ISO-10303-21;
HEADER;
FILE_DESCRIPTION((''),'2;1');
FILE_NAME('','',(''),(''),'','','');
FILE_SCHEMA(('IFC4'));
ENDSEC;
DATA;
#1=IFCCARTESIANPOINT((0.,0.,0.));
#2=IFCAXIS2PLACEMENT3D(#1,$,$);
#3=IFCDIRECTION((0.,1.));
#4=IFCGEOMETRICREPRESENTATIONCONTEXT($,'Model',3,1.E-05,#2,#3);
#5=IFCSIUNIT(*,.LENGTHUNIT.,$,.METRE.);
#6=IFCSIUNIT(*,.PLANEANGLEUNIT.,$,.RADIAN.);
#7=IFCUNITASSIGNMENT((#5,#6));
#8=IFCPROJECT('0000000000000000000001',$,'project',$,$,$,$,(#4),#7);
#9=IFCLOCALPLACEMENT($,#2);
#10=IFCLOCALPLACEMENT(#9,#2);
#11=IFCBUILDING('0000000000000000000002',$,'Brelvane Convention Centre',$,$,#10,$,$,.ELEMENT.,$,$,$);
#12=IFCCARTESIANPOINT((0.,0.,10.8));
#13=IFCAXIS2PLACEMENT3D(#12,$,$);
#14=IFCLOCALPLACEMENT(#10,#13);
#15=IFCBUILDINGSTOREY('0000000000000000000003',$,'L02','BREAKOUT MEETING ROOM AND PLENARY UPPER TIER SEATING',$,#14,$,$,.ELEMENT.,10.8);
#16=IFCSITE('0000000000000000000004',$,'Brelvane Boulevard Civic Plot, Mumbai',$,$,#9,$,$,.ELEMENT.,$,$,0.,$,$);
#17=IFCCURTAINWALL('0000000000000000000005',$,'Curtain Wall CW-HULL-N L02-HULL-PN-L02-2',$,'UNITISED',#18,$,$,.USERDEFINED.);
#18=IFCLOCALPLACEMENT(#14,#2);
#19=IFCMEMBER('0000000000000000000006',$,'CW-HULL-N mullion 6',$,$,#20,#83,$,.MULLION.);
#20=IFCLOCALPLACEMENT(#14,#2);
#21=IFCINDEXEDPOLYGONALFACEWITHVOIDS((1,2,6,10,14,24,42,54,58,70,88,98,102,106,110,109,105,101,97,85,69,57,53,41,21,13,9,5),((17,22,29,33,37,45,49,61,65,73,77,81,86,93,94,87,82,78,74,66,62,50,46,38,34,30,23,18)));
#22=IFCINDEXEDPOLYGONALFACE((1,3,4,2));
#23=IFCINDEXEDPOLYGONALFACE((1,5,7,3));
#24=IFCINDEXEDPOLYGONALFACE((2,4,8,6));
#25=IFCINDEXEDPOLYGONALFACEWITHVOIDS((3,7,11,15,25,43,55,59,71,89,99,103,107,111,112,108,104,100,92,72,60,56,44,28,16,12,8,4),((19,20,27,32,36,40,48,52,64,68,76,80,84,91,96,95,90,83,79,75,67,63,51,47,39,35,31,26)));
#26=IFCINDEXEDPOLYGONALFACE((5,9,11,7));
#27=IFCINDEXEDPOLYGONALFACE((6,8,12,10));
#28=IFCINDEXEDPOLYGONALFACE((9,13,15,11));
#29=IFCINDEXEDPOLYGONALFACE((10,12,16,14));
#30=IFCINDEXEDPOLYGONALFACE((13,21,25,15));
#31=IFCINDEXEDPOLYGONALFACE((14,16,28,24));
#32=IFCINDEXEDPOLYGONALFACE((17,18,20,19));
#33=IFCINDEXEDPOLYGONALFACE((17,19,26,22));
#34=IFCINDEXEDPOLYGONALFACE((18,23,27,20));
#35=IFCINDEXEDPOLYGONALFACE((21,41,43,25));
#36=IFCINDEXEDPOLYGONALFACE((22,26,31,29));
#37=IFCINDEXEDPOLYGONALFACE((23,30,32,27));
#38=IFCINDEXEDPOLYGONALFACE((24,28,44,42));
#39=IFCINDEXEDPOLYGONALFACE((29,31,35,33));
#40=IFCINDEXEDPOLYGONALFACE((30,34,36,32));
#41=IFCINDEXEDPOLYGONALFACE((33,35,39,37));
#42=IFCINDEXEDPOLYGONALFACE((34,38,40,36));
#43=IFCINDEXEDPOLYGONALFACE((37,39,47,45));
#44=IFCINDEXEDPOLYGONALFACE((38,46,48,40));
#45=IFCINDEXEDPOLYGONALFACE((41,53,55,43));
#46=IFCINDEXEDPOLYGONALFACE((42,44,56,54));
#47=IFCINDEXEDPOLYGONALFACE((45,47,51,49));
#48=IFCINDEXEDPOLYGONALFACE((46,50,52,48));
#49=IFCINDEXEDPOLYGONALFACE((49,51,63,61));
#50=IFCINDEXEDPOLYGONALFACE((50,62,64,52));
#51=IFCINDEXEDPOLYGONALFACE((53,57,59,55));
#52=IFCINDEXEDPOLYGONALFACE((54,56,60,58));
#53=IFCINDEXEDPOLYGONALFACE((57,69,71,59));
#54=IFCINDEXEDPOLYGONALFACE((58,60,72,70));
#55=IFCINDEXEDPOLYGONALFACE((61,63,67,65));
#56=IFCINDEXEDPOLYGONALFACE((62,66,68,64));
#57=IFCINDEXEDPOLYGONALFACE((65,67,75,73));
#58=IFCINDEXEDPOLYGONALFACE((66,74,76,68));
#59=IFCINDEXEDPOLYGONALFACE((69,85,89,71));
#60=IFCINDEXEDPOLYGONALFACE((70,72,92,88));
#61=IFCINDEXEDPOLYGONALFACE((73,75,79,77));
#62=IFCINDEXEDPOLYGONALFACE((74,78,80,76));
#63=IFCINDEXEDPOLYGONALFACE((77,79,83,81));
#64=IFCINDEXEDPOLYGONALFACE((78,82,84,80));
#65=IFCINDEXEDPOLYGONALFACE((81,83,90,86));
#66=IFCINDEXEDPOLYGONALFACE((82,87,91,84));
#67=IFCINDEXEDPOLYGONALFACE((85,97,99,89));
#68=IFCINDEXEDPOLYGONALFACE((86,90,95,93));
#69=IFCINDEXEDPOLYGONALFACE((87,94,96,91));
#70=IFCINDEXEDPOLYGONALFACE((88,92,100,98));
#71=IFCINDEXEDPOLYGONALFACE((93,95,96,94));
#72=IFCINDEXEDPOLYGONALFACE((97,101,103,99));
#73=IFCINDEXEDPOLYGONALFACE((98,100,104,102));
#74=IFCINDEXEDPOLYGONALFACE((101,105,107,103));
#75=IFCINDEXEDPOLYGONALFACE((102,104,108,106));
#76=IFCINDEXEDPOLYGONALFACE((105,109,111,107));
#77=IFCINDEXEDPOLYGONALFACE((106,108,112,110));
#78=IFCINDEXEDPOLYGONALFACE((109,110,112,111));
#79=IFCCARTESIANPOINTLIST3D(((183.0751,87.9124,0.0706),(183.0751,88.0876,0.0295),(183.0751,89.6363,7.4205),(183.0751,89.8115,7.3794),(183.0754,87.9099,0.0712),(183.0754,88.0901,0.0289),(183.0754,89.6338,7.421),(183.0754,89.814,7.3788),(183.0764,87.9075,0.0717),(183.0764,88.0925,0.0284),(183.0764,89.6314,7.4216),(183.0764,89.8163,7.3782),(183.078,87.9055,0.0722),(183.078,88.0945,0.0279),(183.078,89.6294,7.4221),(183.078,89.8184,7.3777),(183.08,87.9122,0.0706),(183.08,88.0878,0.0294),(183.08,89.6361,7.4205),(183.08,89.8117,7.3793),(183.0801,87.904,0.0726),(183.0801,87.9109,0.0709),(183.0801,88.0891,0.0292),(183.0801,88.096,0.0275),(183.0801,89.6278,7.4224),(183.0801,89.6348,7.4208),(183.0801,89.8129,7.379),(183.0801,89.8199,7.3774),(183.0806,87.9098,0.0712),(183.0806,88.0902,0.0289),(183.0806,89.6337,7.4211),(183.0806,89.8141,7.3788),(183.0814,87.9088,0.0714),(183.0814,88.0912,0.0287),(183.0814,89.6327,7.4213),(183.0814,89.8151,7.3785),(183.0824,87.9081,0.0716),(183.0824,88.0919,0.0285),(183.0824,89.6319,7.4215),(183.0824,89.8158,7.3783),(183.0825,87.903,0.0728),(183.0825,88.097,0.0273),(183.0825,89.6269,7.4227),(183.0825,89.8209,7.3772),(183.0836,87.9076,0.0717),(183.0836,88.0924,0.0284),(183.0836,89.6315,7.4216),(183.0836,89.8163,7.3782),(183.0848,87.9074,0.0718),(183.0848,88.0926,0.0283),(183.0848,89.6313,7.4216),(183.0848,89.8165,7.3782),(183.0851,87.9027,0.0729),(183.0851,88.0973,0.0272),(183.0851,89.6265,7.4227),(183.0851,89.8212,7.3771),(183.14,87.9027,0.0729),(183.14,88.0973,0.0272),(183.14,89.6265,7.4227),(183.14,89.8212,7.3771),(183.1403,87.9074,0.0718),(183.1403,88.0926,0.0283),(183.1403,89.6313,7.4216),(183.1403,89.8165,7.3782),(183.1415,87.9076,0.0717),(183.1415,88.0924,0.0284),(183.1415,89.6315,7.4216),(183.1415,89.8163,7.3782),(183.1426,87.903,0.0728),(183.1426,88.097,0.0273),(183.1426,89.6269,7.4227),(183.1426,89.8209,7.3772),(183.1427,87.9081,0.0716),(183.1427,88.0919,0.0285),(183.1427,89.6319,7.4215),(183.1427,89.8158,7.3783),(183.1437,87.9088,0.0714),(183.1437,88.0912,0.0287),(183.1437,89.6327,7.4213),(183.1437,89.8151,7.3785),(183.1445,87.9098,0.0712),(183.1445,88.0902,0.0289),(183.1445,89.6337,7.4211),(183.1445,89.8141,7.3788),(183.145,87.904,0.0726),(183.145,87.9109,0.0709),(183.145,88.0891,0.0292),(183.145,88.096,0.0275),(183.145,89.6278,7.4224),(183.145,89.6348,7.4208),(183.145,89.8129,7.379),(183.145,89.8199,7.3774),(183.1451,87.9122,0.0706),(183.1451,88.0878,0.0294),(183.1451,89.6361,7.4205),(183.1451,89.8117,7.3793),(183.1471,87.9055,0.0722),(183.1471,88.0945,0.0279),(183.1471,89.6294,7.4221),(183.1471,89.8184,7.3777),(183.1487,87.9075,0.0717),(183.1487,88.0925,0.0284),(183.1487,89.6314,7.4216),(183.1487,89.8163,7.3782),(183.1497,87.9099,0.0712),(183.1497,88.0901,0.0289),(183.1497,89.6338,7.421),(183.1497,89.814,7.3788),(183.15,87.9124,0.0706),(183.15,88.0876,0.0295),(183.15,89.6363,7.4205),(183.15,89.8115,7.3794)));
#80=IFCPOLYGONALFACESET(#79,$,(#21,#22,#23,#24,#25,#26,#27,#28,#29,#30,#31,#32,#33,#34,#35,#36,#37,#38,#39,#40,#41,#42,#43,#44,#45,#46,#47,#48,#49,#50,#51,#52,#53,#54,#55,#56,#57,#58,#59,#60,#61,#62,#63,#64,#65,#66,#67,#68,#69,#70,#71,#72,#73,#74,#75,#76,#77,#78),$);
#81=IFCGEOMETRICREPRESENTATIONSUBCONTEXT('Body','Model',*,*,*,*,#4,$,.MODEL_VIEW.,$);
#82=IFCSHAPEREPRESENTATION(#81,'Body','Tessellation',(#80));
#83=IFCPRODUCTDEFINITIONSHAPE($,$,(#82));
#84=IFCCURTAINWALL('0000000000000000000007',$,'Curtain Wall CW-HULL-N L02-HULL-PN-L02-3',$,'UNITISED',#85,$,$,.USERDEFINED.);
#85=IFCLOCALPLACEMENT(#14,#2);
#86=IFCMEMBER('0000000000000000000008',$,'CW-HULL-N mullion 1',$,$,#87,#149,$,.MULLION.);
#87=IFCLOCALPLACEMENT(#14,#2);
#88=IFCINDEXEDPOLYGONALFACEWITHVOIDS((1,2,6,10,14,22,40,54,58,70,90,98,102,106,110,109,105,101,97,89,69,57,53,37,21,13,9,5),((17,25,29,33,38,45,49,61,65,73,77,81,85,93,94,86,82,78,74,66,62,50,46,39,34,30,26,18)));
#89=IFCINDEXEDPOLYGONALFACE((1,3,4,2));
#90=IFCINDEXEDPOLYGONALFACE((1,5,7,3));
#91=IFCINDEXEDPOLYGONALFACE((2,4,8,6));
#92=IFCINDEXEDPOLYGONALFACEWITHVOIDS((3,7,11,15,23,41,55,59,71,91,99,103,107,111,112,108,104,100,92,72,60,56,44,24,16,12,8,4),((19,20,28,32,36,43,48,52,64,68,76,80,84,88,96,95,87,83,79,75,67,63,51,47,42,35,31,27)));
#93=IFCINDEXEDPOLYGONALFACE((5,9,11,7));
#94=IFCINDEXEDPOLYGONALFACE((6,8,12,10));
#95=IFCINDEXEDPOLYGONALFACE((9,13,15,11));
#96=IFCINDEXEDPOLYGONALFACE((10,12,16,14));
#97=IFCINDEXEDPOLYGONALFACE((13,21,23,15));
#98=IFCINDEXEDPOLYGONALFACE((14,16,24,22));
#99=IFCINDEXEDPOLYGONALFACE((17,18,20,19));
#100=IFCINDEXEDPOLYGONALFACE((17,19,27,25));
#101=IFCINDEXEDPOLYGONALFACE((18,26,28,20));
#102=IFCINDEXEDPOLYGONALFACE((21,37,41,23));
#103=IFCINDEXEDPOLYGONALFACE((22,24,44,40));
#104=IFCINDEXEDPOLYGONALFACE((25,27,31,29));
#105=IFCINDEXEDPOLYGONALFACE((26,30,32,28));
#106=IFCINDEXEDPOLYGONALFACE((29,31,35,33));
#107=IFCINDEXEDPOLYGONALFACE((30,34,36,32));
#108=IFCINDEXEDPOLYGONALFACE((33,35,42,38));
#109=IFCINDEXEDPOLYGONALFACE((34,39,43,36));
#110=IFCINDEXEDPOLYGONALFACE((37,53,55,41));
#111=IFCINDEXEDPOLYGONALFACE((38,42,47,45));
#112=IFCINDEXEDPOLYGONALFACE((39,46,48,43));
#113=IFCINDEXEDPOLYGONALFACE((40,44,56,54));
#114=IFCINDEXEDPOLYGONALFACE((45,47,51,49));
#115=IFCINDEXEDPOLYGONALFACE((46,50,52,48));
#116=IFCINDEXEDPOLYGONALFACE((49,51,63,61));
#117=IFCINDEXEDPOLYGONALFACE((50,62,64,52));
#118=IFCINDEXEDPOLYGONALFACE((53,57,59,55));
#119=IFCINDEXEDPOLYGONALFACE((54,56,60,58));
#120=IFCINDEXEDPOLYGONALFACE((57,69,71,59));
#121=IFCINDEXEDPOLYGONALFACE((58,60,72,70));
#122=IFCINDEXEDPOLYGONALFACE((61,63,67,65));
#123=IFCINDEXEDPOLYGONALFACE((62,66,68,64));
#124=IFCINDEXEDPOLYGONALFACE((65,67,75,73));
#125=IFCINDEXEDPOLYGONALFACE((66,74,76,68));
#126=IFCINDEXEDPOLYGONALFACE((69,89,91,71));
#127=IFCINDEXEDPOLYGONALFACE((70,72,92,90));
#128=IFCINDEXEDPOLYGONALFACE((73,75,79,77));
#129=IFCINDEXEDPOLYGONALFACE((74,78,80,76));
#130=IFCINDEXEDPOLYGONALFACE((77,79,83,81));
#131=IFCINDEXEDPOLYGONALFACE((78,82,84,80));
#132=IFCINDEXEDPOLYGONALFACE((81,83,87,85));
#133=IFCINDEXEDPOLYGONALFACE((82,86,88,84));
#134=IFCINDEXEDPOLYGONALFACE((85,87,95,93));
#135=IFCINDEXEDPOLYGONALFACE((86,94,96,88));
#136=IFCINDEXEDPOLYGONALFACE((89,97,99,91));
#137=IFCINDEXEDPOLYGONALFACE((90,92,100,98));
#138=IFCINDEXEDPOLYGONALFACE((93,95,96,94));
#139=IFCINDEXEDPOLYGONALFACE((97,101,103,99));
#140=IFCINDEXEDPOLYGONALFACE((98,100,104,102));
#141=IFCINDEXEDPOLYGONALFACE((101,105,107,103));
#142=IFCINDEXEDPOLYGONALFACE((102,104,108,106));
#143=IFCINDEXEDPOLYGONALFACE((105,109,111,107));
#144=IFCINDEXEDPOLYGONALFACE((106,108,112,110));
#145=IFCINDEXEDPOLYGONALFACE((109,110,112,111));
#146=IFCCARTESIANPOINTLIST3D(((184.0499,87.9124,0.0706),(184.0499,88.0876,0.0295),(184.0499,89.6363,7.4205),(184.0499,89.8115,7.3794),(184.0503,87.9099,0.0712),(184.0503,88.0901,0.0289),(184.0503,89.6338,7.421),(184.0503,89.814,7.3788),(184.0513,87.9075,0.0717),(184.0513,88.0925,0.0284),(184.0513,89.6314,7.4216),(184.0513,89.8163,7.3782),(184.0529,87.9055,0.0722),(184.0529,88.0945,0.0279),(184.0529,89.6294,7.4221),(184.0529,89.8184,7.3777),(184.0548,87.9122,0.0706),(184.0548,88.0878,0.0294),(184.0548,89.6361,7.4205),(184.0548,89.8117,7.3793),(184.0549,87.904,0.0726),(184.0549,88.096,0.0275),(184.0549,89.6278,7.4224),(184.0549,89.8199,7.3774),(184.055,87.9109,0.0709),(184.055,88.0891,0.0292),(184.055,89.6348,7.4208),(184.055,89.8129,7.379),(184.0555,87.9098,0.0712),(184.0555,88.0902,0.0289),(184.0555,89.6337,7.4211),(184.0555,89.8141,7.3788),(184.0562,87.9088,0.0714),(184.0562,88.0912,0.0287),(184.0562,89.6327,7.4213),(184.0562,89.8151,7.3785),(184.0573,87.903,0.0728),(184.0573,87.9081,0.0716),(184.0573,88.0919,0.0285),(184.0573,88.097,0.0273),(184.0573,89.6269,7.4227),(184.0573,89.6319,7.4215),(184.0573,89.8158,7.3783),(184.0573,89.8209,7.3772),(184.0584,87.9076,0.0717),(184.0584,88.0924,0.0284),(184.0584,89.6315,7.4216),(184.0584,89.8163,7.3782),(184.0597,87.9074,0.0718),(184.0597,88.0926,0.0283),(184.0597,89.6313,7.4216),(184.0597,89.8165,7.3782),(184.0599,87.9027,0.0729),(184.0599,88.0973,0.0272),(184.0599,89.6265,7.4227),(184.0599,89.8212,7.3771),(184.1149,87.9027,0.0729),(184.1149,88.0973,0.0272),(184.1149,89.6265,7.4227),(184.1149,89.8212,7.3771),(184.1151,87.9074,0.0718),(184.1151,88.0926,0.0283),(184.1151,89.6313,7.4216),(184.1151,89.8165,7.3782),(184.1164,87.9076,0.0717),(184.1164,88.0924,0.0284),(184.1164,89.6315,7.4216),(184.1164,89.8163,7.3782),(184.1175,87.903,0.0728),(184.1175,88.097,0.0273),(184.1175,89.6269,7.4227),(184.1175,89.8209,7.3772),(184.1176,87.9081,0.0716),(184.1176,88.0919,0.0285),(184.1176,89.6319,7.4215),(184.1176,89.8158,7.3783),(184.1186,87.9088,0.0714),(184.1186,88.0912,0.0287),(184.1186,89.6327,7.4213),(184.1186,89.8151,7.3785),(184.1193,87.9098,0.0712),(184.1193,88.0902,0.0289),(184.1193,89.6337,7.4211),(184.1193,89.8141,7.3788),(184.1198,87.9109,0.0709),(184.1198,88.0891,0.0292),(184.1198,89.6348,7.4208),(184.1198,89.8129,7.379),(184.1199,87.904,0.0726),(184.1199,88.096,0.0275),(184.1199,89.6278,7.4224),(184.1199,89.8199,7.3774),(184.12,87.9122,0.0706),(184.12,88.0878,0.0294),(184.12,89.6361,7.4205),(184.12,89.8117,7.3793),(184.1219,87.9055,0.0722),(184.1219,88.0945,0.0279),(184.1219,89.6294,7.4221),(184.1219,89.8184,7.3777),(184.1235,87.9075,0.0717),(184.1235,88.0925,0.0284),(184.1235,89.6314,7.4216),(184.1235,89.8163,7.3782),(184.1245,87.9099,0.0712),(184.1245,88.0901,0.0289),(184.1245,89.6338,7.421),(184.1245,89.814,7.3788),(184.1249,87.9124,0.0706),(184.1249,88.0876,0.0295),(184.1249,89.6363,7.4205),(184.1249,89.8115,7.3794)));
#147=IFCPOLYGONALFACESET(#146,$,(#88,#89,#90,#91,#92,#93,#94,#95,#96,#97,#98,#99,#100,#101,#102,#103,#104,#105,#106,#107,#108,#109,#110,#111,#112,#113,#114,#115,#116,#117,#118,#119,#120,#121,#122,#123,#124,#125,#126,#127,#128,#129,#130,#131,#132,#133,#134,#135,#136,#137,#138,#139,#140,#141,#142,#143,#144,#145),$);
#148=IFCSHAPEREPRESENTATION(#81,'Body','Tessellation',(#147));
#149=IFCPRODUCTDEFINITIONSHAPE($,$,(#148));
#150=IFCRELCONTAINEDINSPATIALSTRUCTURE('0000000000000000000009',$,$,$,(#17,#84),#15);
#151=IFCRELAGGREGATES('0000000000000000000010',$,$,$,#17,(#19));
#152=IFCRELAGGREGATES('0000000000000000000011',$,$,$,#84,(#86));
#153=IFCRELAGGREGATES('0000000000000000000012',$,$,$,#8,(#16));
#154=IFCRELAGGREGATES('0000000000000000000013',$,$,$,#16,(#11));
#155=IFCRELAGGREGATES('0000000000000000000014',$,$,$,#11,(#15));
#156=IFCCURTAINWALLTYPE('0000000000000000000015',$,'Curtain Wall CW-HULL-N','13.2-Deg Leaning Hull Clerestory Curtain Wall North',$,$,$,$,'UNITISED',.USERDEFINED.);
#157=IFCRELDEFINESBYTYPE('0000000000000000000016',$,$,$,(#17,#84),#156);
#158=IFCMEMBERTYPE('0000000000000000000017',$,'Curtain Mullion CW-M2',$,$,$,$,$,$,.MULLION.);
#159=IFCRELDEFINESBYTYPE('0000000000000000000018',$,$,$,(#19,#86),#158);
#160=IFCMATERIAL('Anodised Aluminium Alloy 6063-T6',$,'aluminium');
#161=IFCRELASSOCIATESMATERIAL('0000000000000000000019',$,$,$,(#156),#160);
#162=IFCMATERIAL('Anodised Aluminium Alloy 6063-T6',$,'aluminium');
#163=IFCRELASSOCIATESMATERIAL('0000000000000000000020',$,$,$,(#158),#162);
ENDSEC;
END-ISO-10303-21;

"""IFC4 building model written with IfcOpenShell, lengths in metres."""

from ifc_helpers import new_model, si_unit, direction, frame, origin, origin_2d, place, context, subcontext, project, spatial, hollow_rectangle, extrude, material, material_profile, profile_set, type_object, element, aggregate, save


model = new_model("IFC4")

# Units and contexts
model_context = context("Model", 3, precision=1e-05, world=origin(), true_north=direction((0.0, 1.0)))
body_context = subcontext(model_context, "Body", "Model", "MODEL_VIEW")
ifc_project = project(units=[si_unit("LENGTHUNIT", "METRE"), si_unit("PLANEANGLEUNIT", "RADIAN")], contexts=[model_context])

# Site, building, storey
site_placement = place(None, origin())
site = spatial("IfcSite", under=ifc_project, at=site_placement, Name="Brelvane Boulevard Civic Plot, Mumbai", CompositionType="ELEMENT", RefElevation=0.0)
building_placement = place(site_placement, origin())
building = spatial("IfcBuilding", under=site, at=building_placement, Name="Brelvane Convention Centre", CompositionType="ELEMENT")
storey_placement = place(building_placement, frame((0.0, 0.0, 10.8)))
storey = spatial("IfcBuildingStorey", under=building, at=storey_placement, Name="L02", Description="BREAKOUT MEETING ROOM AND PLENARY UPPER TIER SEATING", CompositionType="ELEMENT", Elevation=10.8)

# Curtain walls, members
ifc_material_1 = material(Name="Anodised Aluminium Alloy 6063-T6", Category="aluminium")
curtain_wall_type = type_object("IfcCurtainWallType", Name="Curtain Wall CW-HULL-N", Description="13.2-Deg Leaning Hull Clerestory Curtain Wall North", ElementType="UNITISED", PredefinedType="USERDEFINED", material=ifc_material_1)
curtain_wall_1_placement = place(storey_placement, origin())
curtain_wall_1 = element("IfcCurtainWall", 1, at=curtain_wall_1_placement, inside=storey, type_object=curtain_wall_type, Name="Curtain Wall CW-HULL-N L02-HULL-PN-L02-2", ObjectType="UNITISED", PredefinedType="USERDEFINED")
ifc_material_2 = material(Name="Anodised Aluminium Alloy 6063-T6", Category="aluminium")
ifc_material_profile_1 = material_profile(ifc_material_2, hollow_rectangle(XDim=0.075, YDim=0.2, WallThickness=0.0049, InnerFilletRadius=0.0049, OuterFilletRadius=0.01, at=origin_2d()), Name="ALU-M 200x75x5.0")
ifc_profile_set_1 = profile_set([ifc_material_profile_1], Name="Anodised Aluminium Alloy 6063-T6")
member_type_1 = type_object("IfcMemberType", Name="Curtain Mullion CW-M2", PredefinedType="MULLION", material=ifc_profile_set_1)
member_1_placement = place(storey_placement, frame((183.1125, 88.0, 0.05), z_axis=(0.0, 0.228349, 0.973579), x_axis=(-1.0, 0.0, 0.0)))
member_1 = element("IfcMember", 2, at=member_1_placement, type_object=member_type_1, Name="CW-HULL-N mullion 6", PredefinedType="MULLION", context=body_context, shape_type="SweptSolid", body=[
    extrude(hollow_rectangle(XDim=0.075, YDim=0.2, WallThickness=0.0049, InnerFilletRadius=0.0049, OuterFilletRadius=0.01, at=origin_2d()), origin(), (0.0, 0.0, 1.0), 7.5493),
])
curtain_wall_2_placement = place(storey_placement, origin())
curtain_wall_2 = element("IfcCurtainWall", 3, at=curtain_wall_2_placement, inside=storey, type_object=curtain_wall_type, Name="Curtain Wall CW-HULL-N L02-HULL-PN-L02-3", ObjectType="UNITISED", PredefinedType="USERDEFINED")
member_2_placement = place(storey_placement, frame((184.0874, 88.0, 0.05), z_axis=(0.0, 0.228349, 0.973579), x_axis=(-1.0, 0.0, 0.0)))
member_2 = element("IfcMember", 4, at=member_2_placement, type_object=member_type_1, Name="CW-HULL-N mullion 1", PredefinedType="MULLION", context=body_context, shape_type="SweptSolid", body=[
    extrude(hollow_rectangle(XDim=0.075, YDim=0.2, WallThickness=0.0049, InnerFilletRadius=0.0049, OuterFilletRadius=0.01, at=origin_2d()), origin(), (0.0, 0.0, 1.0), 7.5493),
])

aggregate(curtain_wall_1, [member_1])
aggregate(curtain_wall_2, [member_2])

save(model, "model.ifc")
